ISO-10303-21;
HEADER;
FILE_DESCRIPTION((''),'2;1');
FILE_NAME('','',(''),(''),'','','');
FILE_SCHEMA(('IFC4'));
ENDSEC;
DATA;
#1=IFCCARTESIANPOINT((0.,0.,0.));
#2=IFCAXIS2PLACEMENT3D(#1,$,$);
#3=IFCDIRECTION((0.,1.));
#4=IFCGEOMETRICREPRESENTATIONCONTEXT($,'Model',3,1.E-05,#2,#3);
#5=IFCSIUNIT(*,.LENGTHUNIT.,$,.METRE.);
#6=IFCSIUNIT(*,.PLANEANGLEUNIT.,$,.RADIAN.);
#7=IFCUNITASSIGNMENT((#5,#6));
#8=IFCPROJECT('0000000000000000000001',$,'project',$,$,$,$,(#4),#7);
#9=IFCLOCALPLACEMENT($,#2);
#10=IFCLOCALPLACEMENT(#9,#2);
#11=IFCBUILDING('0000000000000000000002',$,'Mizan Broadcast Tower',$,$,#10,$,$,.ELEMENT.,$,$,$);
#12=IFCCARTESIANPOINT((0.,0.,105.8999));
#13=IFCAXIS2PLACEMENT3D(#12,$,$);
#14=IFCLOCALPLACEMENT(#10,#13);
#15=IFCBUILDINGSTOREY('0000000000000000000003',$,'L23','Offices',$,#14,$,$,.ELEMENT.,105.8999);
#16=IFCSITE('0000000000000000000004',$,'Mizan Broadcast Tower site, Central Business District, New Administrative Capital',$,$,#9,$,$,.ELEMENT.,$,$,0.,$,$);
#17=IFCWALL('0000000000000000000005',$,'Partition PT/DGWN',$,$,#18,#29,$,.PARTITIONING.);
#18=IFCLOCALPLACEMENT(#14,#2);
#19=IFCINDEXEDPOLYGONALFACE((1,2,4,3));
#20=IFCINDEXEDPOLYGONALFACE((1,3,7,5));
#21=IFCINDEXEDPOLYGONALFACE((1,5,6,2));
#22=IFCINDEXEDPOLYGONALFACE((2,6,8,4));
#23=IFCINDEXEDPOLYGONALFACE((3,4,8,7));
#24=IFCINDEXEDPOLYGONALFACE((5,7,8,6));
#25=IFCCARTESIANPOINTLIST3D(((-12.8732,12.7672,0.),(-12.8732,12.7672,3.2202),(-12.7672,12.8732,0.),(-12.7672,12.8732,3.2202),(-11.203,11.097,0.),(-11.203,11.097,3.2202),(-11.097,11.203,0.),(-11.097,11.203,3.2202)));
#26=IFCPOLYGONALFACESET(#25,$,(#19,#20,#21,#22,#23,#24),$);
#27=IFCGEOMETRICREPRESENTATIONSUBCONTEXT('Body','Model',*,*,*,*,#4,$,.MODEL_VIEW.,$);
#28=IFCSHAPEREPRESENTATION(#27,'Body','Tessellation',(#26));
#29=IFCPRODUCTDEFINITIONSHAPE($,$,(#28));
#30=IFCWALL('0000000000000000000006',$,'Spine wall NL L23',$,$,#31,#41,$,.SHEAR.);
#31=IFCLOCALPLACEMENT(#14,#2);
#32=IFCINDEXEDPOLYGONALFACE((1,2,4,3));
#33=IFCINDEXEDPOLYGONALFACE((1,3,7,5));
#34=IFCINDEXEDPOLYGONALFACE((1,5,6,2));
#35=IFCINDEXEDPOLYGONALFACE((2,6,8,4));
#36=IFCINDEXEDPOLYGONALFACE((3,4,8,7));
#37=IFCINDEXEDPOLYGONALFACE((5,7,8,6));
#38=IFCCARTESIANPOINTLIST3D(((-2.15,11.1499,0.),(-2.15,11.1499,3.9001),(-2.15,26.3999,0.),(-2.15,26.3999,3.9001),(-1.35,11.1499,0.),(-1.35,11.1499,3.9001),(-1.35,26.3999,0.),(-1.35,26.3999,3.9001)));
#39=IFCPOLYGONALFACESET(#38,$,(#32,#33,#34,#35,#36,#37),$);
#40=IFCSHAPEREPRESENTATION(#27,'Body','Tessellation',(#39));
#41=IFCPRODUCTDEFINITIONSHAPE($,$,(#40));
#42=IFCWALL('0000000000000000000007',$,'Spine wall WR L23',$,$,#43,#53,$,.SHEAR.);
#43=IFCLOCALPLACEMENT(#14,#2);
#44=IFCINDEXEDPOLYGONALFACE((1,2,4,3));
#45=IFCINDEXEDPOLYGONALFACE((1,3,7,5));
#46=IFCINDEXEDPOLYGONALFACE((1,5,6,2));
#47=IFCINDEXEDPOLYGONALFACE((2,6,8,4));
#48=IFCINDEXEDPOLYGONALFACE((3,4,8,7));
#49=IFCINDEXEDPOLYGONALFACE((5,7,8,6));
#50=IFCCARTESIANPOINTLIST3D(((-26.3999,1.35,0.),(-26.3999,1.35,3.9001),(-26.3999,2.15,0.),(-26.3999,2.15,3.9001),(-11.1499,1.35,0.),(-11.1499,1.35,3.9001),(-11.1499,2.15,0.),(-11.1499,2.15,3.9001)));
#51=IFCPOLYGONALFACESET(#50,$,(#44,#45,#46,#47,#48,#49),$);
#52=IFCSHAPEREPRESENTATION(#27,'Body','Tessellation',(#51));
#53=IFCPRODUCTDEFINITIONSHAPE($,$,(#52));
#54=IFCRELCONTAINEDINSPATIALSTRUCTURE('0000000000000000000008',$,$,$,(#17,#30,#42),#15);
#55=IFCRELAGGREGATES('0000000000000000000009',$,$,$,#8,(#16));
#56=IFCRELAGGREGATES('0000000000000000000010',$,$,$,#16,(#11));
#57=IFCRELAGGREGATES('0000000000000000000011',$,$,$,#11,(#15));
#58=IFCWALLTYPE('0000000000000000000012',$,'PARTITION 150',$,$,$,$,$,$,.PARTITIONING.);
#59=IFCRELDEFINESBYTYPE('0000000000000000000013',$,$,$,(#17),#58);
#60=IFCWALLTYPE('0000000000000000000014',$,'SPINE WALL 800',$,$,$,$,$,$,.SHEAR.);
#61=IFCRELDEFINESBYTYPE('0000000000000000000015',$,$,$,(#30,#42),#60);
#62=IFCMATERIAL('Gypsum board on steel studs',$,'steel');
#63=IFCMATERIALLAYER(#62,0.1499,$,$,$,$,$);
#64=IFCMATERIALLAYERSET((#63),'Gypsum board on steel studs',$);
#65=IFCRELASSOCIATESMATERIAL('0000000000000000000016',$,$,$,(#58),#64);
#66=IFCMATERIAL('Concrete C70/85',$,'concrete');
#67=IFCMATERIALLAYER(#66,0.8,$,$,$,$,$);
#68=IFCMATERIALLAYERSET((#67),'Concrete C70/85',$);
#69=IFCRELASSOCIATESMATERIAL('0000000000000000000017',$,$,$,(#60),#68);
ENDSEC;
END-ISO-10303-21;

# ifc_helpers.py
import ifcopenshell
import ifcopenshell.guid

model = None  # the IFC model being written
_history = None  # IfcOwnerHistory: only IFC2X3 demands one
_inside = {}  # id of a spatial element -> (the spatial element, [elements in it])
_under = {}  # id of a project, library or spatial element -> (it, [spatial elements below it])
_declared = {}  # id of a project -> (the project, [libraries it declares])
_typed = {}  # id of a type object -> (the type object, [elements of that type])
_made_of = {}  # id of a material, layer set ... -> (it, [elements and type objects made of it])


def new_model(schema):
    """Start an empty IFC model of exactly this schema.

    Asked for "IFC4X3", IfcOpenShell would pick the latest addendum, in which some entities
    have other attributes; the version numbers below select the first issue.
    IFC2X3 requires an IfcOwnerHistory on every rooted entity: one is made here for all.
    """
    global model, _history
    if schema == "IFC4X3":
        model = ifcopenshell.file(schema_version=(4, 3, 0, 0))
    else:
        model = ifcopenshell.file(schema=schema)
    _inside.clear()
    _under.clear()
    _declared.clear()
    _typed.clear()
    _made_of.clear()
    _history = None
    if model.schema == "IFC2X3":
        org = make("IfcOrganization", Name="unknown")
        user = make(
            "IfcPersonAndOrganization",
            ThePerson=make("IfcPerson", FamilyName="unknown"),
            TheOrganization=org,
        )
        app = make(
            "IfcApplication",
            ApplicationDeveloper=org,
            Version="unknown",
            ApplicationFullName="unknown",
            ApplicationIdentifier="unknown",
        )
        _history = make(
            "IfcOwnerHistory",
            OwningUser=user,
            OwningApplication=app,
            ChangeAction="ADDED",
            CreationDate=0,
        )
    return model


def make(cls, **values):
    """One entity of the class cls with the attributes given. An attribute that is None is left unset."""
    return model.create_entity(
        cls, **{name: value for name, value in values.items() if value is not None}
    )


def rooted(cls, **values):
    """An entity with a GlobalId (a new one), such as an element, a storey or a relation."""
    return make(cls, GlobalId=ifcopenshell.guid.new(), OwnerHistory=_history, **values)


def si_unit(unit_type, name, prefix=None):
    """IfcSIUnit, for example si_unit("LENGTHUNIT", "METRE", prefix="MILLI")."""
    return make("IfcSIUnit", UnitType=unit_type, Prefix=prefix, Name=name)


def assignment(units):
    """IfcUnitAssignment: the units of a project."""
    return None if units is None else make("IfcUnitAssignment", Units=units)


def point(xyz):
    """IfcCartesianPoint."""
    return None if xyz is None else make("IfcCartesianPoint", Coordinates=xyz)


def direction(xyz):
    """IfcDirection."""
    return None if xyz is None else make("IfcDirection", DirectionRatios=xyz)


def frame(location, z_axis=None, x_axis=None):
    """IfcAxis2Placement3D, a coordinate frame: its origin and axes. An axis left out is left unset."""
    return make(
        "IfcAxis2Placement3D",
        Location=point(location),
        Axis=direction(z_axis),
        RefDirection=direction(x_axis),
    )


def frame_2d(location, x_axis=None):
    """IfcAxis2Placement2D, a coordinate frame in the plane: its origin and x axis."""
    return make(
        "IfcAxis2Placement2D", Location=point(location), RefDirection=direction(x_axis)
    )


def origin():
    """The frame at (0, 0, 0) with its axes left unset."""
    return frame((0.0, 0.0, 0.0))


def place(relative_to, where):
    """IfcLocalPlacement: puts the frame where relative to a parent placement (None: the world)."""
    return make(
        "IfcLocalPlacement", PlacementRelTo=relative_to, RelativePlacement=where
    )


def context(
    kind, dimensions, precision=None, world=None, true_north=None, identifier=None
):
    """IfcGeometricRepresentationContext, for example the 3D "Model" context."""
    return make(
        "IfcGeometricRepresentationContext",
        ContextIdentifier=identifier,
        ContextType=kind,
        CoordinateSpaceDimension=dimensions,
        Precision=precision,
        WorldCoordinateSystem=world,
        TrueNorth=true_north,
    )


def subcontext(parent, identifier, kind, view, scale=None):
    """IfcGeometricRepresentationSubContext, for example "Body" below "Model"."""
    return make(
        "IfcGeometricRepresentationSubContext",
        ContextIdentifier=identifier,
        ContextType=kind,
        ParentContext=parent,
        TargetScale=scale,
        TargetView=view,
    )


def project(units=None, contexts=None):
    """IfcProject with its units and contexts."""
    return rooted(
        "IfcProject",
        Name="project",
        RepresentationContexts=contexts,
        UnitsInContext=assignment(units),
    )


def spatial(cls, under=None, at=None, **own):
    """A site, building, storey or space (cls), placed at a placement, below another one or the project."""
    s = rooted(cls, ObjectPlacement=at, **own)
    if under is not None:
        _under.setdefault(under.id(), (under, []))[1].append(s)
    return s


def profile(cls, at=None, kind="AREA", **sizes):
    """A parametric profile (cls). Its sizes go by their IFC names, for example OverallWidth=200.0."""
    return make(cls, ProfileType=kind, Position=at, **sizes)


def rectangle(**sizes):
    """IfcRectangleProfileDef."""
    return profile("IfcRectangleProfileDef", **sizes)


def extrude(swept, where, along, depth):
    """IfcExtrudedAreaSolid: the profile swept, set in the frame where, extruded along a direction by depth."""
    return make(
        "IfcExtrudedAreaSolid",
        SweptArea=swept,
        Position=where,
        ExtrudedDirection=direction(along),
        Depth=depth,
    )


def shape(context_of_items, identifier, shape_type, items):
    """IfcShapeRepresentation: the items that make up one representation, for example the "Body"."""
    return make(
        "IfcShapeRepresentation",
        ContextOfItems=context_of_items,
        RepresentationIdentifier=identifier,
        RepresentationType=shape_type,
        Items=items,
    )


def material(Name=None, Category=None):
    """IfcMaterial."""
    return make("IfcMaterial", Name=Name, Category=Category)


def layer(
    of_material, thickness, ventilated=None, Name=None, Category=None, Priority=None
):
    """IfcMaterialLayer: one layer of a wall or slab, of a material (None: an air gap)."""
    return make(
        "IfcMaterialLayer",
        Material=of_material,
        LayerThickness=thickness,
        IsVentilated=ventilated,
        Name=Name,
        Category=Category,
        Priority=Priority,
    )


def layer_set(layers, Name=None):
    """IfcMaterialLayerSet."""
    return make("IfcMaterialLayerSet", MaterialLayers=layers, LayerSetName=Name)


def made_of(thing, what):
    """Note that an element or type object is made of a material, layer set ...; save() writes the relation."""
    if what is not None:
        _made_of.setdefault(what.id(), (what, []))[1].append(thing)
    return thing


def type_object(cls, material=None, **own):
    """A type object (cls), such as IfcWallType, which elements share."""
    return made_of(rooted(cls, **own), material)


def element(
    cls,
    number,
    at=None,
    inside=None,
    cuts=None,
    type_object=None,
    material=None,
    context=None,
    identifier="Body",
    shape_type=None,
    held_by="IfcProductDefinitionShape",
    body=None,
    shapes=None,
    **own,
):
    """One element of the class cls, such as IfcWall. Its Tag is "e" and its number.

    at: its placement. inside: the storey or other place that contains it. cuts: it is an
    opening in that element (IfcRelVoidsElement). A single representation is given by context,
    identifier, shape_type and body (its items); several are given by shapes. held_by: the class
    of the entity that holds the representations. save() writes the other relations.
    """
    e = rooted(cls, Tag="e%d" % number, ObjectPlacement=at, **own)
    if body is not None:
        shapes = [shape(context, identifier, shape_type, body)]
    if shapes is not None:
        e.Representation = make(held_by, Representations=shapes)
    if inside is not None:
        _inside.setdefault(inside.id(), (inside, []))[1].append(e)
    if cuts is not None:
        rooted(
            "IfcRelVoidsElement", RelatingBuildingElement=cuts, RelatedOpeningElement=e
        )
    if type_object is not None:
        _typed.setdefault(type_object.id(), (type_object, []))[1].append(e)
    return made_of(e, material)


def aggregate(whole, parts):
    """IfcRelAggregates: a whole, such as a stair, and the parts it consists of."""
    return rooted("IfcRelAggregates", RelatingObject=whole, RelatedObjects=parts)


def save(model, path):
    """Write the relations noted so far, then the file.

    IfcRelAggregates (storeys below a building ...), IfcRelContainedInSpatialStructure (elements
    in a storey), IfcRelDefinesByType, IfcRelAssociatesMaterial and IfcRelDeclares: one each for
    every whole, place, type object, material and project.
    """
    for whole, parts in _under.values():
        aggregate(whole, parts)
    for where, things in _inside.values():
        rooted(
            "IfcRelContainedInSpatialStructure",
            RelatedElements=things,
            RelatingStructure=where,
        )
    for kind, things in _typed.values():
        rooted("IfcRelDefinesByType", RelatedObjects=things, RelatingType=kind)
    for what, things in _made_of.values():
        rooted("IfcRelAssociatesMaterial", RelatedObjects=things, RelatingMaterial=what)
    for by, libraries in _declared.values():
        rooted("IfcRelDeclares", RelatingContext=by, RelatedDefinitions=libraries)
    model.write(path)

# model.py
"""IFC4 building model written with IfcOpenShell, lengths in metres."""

from ifc_helpers import new_model, si_unit, direction, frame, frame_2d, origin, place, context, subcontext, project, spatial, rectangle, extrude, material, layer, layer_set, type_object, element, save


model = new_model("IFC4")

# Units and contexts
model_context = context("Model", 3, precision=1e-05, world=origin(), true_north=direction((0.0, 1.0)))
body_context = subcontext(model_context, "Body", "Model", "MODEL_VIEW")
ifc_project = project(units=[si_unit("LENGTHUNIT", "METRE"), si_unit("PLANEANGLEUNIT", "RADIAN")], contexts=[model_context])

# Site, building, storey
site_placement = place(None, origin())
site = spatial("IfcSite", under=ifc_project, at=site_placement, Name="Mizan Broadcast Tower site, Central Business District, New Administrative Capital", CompositionType="ELEMENT", RefElevation=0.0)
building_placement = place(site_placement, origin())
building = spatial("IfcBuilding", under=site, at=building_placement, Name="Mizan Broadcast Tower", CompositionType="ELEMENT")
storey_placement = place(building_placement, frame((0.0, 0.0, 105.8999)))
storey = spatial("IfcBuildingStorey", under=building, at=storey_placement, Name="L23", Description="Offices", CompositionType="ELEMENT", Elevation=105.8999)

# Walls
ifc_material_1 = material(Name="Gypsum board on steel studs", Category="steel")
ifc_layer_1 = layer(ifc_material_1, 0.1499)
ifc_layer_set_1 = layer_set([ifc_layer_1], Name="Gypsum board on steel studs")
wall_type_1 = type_object("IfcWallType", Name="PARTITION 150", PredefinedType="PARTITIONING", material=ifc_layer_set_1)
wall_1_placement = place(storey_placement, frame((-11.1499, 11.1499, 0.0), z_axis=(0.0, 0.0, 1.0), x_axis=(-0.707107, 0.707107, 0.0)))
element("IfcWall", 1, at=wall_1_placement, inside=storey, type_object=wall_type_1, Name="Partition PT/DGWN", PredefinedType="PARTITIONING", context=body_context, shape_type="SweptSolid", body=[
    extrude(rectangle(XDim=2.3621, YDim=0.1499, at=frame_2d((1.1812, 0.0))), origin(), (0.0, 0.0, 1.0), 3.2202),
])
ifc_material_2 = material(Name="Concrete C70/85", Category="concrete")
ifc_layer_2 = layer(ifc_material_2, 0.8)
ifc_layer_set_2 = layer_set([ifc_layer_2], Name="Concrete C70/85")
wall_type_2 = type_object("IfcWallType", Name="SPINE WALL 800", PredefinedType="SHEAR", material=ifc_layer_set_2)
for number, where, z_axis, x_axis, name in (
    (2, (-1.75, 11.1499, 0.0), (0.0, 0.0, 1.0), (0.0, 1.0, 0.0), "Spine wall NL L23"),
    (3, (-11.1499, 1.75, 0.0), (0.0, 0.0, 1.0), (-1.0, 0.0, 0.0), "Spine wall WR L23"),
):
    element("IfcWall", number, at=place(storey_placement, frame(where, z_axis=z_axis, x_axis=x_axis)), inside=storey, type_object=wall_type_2, Name=name, PredefinedType="SHEAR", context=body_context, shape_type="SweptSolid", body=[
        extrude(rectangle(XDim=15.25, YDim=0.8, at=frame_2d((7.625, 0.0))), origin(), (0.0, 0.0, 1.0), 3.9001),
    ])

save(model, "model.ifc")
